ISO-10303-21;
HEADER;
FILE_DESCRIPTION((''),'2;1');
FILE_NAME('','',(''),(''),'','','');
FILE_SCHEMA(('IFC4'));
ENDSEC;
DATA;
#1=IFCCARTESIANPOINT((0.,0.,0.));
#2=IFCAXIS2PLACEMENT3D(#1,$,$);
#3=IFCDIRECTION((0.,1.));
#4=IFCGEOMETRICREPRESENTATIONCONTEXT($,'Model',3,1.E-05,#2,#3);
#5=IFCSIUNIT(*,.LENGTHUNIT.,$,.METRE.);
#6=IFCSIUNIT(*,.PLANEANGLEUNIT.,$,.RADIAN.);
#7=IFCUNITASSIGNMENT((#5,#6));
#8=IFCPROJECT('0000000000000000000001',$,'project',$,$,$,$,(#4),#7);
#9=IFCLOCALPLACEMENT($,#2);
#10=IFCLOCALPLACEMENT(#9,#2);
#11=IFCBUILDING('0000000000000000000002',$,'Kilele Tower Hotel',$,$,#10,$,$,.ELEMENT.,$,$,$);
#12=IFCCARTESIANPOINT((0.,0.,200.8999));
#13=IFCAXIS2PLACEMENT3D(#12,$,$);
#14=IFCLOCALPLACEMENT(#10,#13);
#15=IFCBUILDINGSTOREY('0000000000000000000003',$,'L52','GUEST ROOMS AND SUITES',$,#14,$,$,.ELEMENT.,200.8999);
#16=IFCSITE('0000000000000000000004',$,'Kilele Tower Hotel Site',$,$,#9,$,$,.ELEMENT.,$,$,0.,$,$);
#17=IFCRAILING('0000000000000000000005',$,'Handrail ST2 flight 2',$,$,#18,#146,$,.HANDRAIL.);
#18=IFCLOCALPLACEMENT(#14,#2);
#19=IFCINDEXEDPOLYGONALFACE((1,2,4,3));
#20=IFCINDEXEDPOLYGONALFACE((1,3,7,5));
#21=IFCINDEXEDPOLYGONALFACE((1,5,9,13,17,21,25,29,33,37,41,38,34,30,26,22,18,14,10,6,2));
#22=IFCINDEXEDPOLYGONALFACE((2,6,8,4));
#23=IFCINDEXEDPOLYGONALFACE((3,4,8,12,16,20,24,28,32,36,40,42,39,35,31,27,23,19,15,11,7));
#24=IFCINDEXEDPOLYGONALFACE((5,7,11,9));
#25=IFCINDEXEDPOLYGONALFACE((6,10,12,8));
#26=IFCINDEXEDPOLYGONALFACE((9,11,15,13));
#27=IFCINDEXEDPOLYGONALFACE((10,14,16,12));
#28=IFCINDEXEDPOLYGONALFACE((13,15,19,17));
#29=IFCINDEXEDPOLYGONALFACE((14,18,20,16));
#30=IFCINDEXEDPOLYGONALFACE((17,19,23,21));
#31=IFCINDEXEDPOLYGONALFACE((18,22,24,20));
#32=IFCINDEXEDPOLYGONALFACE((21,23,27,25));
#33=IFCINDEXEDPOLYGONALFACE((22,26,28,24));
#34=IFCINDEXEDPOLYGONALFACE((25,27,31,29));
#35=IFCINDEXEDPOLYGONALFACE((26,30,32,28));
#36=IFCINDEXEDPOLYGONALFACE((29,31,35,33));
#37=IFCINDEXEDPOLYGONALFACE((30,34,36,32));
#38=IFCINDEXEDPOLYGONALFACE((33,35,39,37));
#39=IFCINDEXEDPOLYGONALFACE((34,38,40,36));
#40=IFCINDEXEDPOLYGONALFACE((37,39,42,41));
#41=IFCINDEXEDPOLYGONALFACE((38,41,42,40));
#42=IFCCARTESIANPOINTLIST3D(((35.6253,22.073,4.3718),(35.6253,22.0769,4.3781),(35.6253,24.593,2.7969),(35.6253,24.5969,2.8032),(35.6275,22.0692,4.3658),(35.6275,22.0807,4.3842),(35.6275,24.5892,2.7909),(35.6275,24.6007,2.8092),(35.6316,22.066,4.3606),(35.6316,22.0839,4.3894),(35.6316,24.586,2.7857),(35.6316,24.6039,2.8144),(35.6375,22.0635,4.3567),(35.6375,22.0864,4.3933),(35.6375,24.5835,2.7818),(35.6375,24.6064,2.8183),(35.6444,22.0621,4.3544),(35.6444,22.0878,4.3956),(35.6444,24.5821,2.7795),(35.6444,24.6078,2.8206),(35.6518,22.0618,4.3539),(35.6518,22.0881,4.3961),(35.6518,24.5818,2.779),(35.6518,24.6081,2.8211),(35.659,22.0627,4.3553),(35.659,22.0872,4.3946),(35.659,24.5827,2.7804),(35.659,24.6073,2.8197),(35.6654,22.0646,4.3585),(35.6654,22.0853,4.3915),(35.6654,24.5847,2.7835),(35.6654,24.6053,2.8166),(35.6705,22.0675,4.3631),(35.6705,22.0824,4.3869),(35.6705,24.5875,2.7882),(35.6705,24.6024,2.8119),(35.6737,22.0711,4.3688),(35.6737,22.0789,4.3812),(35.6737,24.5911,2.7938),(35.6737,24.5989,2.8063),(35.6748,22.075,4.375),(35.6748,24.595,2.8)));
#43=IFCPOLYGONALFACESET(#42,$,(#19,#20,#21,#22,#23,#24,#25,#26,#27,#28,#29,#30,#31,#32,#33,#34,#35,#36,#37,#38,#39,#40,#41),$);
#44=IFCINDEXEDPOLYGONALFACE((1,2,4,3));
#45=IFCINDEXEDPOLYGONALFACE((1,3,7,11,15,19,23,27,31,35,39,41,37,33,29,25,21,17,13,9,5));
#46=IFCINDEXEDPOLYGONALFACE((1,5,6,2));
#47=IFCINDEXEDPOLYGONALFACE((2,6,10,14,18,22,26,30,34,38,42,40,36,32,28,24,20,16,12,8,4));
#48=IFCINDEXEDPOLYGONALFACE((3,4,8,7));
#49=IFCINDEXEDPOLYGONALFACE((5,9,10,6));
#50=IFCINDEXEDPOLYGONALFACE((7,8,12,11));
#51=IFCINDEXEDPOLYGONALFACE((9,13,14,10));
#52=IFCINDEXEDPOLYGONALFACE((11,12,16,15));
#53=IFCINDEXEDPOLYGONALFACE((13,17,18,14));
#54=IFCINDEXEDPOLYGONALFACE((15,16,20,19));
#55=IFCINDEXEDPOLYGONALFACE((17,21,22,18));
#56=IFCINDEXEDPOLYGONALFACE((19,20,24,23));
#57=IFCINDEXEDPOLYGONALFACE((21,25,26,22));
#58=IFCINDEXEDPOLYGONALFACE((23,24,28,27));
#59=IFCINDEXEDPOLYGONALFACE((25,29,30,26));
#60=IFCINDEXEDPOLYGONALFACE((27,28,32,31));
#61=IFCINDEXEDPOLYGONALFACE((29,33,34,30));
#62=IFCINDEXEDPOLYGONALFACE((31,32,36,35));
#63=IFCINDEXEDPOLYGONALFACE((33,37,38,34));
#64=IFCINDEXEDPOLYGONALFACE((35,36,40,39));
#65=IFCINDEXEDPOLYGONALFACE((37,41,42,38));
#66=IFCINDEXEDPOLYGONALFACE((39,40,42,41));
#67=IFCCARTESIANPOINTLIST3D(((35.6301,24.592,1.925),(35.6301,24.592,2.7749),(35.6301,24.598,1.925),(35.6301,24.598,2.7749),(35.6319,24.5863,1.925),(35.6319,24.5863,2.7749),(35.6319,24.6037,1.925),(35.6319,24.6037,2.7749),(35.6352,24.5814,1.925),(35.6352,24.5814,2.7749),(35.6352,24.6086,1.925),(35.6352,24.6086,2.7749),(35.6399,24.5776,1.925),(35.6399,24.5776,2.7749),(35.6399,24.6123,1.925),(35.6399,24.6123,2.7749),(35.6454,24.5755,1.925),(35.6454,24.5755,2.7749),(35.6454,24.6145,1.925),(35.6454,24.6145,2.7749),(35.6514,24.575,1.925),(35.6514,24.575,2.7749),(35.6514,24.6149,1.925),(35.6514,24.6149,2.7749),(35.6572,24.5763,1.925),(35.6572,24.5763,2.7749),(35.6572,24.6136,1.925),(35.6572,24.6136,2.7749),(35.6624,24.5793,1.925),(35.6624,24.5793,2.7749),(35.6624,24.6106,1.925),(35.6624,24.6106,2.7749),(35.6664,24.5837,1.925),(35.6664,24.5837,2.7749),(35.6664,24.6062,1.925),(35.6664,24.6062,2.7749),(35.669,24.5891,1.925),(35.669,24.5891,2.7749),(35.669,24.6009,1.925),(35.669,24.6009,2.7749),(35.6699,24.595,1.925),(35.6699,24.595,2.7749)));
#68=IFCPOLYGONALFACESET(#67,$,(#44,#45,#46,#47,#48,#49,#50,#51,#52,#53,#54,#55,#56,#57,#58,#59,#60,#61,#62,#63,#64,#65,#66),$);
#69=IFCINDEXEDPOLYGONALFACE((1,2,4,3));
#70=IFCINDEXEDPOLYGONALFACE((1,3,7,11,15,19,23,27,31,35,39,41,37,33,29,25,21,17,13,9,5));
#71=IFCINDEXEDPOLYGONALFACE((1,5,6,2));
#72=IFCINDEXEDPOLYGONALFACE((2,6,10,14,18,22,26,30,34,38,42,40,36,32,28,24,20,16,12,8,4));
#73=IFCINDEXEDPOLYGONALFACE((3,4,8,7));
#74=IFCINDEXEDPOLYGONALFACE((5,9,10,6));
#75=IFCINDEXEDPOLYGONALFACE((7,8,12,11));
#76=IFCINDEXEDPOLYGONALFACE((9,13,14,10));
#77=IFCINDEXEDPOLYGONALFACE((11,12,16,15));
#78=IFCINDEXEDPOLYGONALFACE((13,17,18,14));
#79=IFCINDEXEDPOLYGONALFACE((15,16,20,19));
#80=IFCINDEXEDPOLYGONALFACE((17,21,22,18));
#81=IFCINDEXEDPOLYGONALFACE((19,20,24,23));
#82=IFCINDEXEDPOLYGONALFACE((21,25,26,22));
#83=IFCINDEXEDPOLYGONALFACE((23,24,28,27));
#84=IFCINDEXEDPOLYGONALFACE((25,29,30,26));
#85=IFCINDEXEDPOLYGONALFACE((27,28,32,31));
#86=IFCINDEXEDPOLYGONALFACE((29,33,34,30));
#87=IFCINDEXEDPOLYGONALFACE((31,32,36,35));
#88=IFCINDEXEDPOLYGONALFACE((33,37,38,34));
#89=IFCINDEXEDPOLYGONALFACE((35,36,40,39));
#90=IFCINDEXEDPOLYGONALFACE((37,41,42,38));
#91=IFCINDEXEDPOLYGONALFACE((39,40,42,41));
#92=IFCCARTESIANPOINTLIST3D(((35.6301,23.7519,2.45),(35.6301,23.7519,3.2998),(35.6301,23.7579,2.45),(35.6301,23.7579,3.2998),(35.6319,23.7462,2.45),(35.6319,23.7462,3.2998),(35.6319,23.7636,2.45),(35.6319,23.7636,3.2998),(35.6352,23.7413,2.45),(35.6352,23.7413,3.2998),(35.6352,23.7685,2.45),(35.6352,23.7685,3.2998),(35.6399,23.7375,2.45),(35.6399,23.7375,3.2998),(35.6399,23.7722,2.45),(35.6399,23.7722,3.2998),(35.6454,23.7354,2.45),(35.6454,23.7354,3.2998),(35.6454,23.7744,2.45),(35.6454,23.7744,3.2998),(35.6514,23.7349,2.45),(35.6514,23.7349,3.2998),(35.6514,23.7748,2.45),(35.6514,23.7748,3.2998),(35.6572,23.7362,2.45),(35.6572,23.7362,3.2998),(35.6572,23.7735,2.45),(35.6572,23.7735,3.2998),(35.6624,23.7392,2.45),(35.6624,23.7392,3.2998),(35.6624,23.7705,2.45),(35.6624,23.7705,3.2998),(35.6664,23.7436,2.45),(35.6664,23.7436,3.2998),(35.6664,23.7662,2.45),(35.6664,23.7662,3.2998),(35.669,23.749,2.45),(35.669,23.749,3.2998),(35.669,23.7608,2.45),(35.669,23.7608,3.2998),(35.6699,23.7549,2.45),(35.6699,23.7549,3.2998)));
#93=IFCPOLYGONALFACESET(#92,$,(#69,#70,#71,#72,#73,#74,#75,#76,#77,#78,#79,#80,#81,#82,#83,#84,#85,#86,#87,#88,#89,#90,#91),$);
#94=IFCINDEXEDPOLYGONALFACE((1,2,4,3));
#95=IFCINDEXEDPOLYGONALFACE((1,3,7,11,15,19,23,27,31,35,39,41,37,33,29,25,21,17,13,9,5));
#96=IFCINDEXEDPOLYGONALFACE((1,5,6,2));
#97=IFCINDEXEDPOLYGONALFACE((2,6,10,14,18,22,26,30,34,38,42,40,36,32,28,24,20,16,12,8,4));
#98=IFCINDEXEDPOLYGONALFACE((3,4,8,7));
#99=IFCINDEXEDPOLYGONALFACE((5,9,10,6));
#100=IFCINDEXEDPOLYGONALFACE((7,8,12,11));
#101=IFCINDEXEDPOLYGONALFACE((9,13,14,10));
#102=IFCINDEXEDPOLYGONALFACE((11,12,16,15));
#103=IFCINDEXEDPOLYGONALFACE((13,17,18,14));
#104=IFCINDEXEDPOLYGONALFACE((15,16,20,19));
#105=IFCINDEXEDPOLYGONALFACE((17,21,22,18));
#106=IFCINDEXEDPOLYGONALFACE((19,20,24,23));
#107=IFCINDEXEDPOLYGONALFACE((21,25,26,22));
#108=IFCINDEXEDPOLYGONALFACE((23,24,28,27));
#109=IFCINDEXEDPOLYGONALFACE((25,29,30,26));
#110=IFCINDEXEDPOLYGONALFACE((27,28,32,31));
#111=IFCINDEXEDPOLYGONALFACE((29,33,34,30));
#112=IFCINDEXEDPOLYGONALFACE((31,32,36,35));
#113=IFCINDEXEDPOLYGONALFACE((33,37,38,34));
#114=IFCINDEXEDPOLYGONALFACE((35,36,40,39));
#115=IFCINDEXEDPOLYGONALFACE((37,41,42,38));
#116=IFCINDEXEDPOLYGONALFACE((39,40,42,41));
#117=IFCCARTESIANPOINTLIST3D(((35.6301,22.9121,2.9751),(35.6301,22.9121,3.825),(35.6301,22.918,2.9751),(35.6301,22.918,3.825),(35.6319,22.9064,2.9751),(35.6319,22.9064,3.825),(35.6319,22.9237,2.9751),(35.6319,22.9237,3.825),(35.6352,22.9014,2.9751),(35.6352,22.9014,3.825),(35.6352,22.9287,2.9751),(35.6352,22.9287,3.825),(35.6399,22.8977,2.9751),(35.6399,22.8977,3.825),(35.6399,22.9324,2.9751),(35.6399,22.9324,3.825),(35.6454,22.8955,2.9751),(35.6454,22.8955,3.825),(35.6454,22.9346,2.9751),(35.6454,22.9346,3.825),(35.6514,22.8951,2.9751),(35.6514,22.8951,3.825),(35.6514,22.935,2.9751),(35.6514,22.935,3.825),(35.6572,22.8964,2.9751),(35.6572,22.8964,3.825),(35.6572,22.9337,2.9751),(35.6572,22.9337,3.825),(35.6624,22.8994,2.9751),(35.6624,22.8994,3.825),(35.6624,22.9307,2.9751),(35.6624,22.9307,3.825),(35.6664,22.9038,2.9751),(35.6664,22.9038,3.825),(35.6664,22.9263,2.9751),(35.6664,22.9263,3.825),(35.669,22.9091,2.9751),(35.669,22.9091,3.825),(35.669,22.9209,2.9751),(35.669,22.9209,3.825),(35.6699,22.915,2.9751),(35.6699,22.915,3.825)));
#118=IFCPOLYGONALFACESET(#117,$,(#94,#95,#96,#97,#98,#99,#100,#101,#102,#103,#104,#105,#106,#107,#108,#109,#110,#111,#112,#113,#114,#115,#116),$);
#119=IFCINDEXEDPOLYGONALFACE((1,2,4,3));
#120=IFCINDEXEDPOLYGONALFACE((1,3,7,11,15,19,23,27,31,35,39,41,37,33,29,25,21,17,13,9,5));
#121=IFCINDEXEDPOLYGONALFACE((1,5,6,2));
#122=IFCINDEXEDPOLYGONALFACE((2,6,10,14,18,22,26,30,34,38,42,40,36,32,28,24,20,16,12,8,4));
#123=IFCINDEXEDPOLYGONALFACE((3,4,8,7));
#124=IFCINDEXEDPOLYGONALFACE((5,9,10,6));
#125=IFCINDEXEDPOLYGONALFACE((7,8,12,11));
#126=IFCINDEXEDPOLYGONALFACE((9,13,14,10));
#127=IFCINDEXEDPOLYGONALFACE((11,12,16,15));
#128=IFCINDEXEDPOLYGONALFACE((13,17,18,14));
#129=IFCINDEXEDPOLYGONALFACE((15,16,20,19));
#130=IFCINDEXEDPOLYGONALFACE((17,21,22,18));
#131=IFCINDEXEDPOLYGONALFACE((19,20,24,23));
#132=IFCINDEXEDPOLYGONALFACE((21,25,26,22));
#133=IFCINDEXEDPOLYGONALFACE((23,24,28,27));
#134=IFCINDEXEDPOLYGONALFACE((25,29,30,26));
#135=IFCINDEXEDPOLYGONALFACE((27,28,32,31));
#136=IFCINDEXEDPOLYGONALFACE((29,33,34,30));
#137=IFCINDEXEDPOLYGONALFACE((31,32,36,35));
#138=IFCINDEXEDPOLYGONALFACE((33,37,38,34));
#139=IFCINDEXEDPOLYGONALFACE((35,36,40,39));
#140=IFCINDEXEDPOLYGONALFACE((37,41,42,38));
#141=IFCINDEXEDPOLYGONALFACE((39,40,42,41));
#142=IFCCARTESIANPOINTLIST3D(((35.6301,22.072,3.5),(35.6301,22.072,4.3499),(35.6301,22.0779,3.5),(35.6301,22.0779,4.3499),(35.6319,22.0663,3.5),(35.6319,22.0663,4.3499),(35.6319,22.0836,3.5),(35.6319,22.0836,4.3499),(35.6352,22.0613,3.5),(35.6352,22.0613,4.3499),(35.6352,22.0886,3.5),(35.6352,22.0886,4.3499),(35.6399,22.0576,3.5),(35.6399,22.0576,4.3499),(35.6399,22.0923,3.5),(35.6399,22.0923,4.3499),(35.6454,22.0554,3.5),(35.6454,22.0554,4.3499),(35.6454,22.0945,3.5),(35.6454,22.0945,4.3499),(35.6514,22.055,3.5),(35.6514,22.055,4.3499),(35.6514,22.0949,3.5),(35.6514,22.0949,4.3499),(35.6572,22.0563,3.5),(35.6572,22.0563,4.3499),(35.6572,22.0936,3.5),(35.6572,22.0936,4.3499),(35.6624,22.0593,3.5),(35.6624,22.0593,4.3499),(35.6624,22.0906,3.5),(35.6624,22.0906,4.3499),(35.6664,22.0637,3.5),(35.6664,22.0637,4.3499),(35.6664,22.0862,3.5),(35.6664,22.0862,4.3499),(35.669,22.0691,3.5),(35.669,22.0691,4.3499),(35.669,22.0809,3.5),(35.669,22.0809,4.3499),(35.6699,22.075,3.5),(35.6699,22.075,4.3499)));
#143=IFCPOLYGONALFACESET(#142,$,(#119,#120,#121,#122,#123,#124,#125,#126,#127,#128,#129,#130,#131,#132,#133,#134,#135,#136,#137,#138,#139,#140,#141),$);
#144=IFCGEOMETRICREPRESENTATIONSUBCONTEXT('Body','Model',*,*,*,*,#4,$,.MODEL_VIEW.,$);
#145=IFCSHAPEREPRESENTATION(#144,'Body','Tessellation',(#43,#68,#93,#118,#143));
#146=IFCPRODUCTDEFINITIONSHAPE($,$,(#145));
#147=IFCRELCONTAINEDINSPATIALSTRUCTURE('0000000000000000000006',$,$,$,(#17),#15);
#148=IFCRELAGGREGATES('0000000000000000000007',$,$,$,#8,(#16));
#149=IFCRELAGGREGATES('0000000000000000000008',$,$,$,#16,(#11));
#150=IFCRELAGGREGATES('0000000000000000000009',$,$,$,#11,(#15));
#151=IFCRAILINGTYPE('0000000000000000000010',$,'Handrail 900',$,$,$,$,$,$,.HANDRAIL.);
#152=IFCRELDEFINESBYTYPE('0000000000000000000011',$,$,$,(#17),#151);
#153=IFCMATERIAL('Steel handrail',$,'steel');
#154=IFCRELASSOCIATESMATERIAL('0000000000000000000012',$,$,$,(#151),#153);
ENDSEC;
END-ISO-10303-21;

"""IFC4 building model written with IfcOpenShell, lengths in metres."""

from ifc_helpers import new_model, si_unit, direction, frame, origin, origin_2d, place, context, subcontext, project, spatial, circle, extrude, material, type_object, element, save


model = new_model("IFC4")

# Units and contexts
model_context = context("Model", 3, precision=1e-05, world=origin(), true_north=direction((0.0, 1.0)))
body_context = subcontext(model_context, "Body", "Model", "MODEL_VIEW")
ifc_project = project(units=[si_unit("LENGTHUNIT", "METRE"), si_unit("PLANEANGLEUNIT", "RADIAN")], contexts=[model_context])

# Site, building, storey
site_placement = place(None, origin())
site = spatial("IfcSite", under=ifc_project, at=site_placement, Name="Kilele Tower Hotel Site", CompositionType="ELEMENT", RefElevation=0.0)
building_placement = place(site_placement, origin())
building = spatial("IfcBuilding", under=site, at=building_placement, Name="Kilele Tower Hotel", CompositionType="ELEMENT")
storey_placement = place(building_placement, frame((0.0, 0.0, 200.8999)))
storey = spatial("IfcBuildingStorey", under=building, at=storey_placement, Name="L52", Description="GUEST ROOMS AND SUITES", CompositionType="ELEMENT", Elevation=200.8999)

# Railing
ifc_material_1 = material(Name="Steel handrail", Category="steel")
railing_type_1 = type_object("IfcRailingType", Name="Handrail 900", PredefinedType="HANDRAIL", material=ifc_material_1)
for number, where, name in (
    (1, (35.6499, 24.595, 1.925), "Handrail ST2 flight 2"),
):
    element("IfcRailing", number, at=place(storey_placement, frame(where)), inside=storey, type_object=railing_type_1, Name=name, PredefinedType="HANDRAIL", context=body_context, shape_type="SweptSolid", body=[
        extrude(circle(Radius=0.0249, at=origin_2d()), frame((0.0, 0.0, 0.875), z_axis=(0.0, -0.848008, 0.529984), x_axis=(1.0, 0.0, 0.0)), (0.0, 0.0, 1.0), 2.9717),
        extrude(circle(Radius=0.02, at=origin_2d()), origin(), (0.0, 0.0, 1.0), 0.8499),
        extrude(circle(Radius=0.02, at=origin_2d()), frame((0.0, -0.8401, 0.5249)), (0.0, 0.0, 1.0), 0.8499),
        extrude(circle(Radius=0.02, at=origin_2d()), frame((0.0, -1.6799, 1.05)), (0.0, 0.0, 1.0), 0.8499),
        extrude(circle(Radius=0.02, at=origin_2d()), frame((0.0, -2.52, 1.575)), (0.0, 0.0, 1.0), 0.8499),
    ])

save(model, "model.ifc")
